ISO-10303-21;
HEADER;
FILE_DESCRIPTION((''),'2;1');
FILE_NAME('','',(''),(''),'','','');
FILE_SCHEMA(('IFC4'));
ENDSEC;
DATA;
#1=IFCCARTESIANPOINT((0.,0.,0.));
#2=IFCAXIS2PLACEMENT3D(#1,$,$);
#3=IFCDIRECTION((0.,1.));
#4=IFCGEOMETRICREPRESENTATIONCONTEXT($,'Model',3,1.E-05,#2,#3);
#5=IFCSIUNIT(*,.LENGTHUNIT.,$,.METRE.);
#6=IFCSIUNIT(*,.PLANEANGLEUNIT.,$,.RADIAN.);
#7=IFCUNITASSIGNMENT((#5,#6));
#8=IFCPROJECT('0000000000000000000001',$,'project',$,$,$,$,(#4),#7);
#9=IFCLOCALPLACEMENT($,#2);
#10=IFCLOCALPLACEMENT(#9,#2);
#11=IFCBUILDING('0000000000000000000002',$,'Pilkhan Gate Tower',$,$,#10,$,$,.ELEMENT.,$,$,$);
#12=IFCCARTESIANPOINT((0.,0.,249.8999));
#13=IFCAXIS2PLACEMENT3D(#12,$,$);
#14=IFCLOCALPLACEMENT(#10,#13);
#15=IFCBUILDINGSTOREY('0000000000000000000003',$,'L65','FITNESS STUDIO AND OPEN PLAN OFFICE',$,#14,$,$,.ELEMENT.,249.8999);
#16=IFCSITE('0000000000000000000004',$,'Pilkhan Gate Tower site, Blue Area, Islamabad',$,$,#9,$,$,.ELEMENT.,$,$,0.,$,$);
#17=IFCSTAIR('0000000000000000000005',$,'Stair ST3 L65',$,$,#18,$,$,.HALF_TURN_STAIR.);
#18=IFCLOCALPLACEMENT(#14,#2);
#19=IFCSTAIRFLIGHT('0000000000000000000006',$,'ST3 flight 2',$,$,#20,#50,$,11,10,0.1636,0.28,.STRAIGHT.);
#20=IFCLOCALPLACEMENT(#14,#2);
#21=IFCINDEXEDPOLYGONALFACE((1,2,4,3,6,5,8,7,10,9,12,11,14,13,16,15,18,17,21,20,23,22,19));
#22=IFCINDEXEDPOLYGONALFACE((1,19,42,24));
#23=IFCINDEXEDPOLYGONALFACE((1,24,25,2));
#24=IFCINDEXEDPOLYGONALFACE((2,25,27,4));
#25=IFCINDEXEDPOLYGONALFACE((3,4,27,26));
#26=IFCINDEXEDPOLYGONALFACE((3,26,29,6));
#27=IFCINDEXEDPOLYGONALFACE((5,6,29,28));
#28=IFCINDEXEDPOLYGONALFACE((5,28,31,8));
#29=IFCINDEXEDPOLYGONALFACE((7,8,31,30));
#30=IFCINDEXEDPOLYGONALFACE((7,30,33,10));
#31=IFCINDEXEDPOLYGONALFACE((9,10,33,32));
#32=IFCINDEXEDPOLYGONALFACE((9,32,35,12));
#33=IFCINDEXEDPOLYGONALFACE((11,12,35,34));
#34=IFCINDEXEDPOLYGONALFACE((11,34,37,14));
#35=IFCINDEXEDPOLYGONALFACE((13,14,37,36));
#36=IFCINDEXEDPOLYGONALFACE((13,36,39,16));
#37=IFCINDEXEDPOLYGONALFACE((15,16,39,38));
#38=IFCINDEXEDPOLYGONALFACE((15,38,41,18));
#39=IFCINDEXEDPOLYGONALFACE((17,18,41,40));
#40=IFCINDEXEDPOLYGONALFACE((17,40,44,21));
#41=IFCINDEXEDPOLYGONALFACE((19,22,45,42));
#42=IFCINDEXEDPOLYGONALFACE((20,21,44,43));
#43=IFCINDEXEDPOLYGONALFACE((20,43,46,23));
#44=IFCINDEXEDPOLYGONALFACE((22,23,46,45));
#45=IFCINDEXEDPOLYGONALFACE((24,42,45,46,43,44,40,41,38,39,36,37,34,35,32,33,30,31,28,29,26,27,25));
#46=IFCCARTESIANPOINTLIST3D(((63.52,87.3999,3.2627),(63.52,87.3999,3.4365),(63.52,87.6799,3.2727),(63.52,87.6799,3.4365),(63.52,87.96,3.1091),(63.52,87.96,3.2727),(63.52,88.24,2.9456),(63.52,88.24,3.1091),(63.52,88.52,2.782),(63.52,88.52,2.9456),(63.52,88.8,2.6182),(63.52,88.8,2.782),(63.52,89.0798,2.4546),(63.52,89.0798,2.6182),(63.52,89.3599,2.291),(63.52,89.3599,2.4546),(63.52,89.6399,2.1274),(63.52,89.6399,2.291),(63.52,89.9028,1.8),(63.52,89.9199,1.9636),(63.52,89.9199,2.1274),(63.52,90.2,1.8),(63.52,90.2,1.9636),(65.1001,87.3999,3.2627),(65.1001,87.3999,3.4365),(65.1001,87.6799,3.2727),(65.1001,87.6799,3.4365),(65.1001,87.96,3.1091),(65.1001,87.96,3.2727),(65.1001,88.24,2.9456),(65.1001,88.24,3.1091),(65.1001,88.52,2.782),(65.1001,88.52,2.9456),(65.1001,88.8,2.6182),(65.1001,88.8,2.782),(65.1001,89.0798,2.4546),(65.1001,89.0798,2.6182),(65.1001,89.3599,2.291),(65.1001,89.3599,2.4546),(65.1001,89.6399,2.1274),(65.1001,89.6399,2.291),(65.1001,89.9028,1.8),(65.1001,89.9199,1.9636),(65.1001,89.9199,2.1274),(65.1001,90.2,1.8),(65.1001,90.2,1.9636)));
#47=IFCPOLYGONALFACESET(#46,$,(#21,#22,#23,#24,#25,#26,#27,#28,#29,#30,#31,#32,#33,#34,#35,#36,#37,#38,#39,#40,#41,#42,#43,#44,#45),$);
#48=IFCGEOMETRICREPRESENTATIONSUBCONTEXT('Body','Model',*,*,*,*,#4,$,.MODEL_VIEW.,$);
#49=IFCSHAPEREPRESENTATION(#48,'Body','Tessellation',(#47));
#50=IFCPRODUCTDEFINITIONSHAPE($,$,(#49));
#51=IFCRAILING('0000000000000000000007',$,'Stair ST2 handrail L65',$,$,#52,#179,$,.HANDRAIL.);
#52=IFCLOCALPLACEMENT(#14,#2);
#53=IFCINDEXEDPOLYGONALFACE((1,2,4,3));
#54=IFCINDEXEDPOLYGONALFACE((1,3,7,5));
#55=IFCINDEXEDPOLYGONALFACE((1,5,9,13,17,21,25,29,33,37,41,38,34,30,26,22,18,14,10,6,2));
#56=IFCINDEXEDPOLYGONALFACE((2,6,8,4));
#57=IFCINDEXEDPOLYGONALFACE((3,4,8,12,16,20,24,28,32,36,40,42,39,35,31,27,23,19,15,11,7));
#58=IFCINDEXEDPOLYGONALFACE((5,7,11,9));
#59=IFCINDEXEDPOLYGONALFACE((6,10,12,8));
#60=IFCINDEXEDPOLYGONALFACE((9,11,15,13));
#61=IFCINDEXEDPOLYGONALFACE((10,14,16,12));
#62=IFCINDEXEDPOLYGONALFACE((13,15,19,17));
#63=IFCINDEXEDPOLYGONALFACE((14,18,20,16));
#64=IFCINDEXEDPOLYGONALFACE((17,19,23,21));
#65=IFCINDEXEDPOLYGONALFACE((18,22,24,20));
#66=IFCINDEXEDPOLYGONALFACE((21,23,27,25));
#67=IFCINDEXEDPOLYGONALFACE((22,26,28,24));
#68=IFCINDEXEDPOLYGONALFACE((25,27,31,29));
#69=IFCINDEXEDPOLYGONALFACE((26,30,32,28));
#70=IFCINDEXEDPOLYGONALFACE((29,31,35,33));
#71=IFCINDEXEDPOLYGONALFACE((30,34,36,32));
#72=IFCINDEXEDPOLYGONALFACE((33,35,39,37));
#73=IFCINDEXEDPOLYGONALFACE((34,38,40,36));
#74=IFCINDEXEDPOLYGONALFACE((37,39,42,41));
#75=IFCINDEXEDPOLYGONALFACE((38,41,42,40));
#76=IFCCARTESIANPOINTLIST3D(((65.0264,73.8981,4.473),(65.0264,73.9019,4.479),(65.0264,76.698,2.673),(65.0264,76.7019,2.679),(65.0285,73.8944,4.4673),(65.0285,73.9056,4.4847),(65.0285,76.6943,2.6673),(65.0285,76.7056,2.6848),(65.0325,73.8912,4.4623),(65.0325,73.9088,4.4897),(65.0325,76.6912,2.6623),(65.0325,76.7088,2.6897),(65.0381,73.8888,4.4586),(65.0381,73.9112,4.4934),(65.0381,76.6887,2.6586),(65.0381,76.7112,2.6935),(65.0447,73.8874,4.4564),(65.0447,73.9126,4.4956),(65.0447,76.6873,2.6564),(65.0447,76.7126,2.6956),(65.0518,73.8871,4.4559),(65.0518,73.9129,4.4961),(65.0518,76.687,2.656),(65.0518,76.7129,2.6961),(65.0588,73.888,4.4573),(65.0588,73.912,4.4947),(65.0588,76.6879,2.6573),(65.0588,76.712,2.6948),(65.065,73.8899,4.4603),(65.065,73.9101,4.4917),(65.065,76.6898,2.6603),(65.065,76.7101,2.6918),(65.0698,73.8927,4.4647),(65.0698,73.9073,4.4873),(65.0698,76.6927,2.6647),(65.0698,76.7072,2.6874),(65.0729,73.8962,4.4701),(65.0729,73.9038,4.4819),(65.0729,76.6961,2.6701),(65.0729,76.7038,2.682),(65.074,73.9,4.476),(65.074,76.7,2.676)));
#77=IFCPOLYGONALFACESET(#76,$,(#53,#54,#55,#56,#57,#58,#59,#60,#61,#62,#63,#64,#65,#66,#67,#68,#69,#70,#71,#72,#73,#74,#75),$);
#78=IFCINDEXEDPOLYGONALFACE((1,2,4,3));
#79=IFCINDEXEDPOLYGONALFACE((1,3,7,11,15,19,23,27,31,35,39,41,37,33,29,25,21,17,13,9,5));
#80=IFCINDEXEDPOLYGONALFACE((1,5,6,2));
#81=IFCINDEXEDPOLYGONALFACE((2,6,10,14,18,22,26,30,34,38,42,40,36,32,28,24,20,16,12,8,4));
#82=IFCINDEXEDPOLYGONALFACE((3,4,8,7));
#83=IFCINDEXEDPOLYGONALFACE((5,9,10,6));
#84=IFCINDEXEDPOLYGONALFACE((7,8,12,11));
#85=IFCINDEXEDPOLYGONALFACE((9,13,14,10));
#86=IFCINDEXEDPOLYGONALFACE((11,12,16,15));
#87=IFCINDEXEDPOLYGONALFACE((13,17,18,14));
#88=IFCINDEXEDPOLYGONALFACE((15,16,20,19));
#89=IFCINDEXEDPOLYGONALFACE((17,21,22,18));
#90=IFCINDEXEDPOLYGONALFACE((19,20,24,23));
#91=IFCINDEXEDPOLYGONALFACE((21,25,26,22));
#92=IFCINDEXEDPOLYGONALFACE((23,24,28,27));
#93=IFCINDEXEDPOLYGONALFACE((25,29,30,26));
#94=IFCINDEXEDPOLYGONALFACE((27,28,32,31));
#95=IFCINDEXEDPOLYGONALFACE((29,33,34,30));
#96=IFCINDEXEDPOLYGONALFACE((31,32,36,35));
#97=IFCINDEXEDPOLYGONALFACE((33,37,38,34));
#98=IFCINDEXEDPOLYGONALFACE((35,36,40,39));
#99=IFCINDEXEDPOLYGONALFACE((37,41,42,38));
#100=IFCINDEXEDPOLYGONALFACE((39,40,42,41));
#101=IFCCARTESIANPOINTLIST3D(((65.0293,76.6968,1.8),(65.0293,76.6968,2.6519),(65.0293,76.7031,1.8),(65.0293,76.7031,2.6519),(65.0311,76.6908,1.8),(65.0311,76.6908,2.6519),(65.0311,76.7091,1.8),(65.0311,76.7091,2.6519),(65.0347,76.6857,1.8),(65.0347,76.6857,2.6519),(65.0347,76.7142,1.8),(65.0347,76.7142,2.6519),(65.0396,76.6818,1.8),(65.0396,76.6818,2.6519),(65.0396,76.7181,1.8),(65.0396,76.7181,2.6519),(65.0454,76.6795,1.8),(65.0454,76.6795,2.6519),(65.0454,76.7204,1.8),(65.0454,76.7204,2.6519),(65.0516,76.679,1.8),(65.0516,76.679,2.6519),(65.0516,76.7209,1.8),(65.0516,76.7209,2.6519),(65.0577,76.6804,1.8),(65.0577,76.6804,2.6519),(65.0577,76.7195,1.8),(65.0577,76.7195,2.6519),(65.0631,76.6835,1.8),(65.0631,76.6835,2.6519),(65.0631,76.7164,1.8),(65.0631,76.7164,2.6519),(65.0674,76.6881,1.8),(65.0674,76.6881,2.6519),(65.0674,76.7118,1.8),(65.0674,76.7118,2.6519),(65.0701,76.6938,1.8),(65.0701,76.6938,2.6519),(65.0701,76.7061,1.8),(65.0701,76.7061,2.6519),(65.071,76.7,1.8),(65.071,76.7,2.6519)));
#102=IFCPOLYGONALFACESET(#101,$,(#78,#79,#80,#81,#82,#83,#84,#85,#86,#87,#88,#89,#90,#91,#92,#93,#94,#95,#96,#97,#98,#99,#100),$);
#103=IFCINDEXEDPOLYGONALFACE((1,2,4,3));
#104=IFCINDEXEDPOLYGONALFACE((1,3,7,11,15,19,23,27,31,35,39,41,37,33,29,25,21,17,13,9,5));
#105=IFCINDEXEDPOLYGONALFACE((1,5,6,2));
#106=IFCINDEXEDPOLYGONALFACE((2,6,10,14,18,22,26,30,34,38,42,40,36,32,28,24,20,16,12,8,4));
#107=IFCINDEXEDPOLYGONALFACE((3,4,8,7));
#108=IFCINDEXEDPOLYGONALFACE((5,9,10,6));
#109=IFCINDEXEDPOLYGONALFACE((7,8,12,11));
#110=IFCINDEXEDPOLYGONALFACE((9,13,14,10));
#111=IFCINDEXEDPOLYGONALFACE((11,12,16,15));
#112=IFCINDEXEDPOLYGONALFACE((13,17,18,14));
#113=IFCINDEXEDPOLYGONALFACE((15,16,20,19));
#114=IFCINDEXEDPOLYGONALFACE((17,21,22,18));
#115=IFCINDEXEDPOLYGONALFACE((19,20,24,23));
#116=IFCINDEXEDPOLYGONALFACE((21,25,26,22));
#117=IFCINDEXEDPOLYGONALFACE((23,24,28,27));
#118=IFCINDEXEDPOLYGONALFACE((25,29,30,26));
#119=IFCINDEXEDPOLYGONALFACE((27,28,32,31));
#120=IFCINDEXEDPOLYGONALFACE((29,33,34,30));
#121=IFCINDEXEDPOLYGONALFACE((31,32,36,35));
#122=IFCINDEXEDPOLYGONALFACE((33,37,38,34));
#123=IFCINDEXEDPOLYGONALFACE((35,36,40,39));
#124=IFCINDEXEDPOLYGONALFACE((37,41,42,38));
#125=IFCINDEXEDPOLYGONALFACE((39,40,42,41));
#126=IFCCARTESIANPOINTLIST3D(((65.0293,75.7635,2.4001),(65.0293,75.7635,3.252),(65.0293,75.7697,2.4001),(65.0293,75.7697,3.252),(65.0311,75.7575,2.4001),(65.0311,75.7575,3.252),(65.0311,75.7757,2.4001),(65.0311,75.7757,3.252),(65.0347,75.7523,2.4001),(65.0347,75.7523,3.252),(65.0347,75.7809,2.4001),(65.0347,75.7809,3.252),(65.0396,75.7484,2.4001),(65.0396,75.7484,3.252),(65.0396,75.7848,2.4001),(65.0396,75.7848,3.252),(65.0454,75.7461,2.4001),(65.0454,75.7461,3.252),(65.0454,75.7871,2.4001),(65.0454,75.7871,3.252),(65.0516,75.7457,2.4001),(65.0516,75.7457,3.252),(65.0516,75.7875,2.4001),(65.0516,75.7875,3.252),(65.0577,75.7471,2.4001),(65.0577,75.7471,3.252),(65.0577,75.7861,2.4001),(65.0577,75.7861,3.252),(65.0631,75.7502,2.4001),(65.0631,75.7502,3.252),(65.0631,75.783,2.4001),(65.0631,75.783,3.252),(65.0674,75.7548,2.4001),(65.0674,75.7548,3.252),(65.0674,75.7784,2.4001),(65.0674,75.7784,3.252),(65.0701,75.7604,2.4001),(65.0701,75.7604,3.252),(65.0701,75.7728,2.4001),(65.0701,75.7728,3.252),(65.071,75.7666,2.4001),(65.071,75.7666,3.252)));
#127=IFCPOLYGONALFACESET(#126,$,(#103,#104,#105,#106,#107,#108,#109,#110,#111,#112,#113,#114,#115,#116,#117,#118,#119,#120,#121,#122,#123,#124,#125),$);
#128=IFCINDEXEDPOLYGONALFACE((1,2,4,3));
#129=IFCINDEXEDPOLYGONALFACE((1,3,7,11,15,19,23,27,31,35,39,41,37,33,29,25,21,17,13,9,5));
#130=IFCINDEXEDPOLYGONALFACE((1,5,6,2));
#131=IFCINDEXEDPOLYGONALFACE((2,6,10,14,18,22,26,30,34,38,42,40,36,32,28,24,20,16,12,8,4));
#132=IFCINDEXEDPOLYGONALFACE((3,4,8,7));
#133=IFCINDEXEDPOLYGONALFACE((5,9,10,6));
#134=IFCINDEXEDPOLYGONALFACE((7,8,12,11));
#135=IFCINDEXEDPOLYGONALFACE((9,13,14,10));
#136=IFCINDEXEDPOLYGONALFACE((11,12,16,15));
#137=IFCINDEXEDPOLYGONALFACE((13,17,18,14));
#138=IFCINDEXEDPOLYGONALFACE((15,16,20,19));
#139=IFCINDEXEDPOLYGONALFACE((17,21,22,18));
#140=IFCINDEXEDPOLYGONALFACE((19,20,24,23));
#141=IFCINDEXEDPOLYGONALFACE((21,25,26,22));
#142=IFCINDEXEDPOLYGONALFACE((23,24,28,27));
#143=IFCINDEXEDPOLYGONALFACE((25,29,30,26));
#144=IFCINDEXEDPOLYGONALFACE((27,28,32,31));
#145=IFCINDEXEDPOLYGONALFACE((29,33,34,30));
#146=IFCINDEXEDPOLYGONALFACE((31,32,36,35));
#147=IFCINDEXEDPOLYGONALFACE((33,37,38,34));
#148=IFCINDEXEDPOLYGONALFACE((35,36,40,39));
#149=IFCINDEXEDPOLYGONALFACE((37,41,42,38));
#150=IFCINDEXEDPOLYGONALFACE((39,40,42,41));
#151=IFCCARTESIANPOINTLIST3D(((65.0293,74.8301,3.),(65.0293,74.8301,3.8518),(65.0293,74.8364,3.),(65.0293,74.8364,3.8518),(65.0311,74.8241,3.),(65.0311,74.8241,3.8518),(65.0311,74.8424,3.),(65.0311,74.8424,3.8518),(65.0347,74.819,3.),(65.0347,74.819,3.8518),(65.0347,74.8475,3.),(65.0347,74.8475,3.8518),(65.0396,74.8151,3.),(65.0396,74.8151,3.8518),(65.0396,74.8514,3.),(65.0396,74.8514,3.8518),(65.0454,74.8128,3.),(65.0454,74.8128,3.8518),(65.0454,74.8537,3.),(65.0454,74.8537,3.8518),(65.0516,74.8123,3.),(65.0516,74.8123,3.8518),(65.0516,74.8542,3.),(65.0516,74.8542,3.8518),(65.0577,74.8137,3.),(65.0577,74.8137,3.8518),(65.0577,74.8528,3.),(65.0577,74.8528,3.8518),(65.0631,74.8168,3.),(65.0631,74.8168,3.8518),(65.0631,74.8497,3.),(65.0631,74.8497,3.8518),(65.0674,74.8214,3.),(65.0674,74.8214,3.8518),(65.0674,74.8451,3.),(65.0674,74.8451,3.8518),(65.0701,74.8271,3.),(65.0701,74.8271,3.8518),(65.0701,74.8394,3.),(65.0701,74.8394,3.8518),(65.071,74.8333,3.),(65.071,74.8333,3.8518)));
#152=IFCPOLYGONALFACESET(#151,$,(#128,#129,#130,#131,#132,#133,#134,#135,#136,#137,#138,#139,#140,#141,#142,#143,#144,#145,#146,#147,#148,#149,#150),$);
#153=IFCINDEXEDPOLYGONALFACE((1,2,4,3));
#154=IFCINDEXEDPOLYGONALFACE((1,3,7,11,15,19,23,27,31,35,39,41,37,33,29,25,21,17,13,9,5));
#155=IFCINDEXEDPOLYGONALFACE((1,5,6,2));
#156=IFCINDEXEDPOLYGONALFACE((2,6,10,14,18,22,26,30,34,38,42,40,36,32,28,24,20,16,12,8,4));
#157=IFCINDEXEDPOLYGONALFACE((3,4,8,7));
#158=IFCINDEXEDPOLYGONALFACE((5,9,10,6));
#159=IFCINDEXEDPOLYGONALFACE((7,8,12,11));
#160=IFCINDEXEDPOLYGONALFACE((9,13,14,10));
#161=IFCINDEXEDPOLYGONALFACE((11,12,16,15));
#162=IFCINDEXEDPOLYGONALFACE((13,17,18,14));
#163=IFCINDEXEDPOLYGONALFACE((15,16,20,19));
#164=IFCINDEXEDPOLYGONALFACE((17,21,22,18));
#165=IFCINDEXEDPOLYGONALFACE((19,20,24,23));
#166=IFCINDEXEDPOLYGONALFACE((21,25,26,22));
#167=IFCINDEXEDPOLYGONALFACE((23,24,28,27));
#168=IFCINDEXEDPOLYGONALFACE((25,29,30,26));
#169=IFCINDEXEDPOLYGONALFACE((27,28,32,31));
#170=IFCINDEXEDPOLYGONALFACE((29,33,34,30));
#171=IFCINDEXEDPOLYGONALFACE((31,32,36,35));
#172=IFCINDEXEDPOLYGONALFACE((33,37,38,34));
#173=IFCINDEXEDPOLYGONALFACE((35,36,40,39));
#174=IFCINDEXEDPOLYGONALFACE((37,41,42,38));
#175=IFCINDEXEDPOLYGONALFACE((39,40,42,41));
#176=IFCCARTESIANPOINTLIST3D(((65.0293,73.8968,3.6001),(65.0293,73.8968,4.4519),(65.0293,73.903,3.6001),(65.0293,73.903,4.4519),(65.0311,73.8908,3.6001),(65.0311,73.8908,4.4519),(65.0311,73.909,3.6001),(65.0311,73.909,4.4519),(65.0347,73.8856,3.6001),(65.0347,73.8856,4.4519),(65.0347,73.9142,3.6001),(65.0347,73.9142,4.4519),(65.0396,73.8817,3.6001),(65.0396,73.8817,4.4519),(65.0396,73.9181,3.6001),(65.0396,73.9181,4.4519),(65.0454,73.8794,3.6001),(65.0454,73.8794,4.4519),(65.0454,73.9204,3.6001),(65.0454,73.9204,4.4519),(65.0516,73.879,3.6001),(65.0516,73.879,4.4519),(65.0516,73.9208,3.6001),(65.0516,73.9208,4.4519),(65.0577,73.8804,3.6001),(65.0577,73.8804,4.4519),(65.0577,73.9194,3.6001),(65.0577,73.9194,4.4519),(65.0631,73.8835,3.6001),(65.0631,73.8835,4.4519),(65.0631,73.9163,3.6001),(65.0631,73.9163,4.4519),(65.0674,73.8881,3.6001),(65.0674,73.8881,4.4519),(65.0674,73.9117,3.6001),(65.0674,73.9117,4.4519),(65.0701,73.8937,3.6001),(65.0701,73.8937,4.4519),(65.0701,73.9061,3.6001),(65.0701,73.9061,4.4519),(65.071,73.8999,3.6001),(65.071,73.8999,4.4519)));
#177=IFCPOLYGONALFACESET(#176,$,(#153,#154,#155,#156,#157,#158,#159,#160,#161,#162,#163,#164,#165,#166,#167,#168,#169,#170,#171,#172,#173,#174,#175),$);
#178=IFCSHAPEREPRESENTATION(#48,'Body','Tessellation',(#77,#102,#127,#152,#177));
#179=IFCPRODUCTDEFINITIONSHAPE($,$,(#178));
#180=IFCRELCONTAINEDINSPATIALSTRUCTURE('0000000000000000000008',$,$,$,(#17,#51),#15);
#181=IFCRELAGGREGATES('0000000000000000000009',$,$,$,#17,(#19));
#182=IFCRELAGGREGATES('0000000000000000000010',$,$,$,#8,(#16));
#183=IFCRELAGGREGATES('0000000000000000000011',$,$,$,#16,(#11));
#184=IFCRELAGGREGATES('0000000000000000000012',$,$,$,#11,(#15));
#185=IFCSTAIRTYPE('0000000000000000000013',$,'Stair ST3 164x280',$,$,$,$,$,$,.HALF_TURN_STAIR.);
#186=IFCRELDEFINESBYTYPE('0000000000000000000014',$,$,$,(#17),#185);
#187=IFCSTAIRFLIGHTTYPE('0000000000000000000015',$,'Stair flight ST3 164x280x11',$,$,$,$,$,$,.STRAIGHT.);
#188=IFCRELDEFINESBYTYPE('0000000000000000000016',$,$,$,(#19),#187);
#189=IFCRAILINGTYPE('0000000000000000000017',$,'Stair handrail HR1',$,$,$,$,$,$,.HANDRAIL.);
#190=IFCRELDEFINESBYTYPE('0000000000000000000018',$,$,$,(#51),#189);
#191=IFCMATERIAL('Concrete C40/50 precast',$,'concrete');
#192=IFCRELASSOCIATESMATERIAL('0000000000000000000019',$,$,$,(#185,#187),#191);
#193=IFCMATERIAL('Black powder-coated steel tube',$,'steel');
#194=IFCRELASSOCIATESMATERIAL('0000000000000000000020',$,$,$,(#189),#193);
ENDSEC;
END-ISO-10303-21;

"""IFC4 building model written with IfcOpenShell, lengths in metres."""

from ifc_helpers import new_model, si_unit, direction, frame, origin, origin_2d, place, context, subcontext, project, spatial, polyline, circle, outline, extrude, material, type_object, element, aggregate, save


model = new_model("IFC4")

# Units and contexts
model_context = context("Model", 3, precision=1e-05, world=origin(), true_north=direction((0.0, 1.0)))
body_context = subcontext(model_context, "Body", "Model", "MODEL_VIEW")
ifc_project = project(units=[si_unit("LENGTHUNIT", "METRE"), si_unit("PLANEANGLEUNIT", "RADIAN")], contexts=[model_context])

# Site, building, storey
site_placement = place(None, origin())
site = spatial("IfcSite", under=ifc_project, at=site_placement, Name="Pilkhan Gate Tower site, Blue Area, Islamabad", CompositionType="ELEMENT", RefElevation=0.0)
building_placement = place(site_placement, origin())
building = spatial("IfcBuilding", under=site, at=building_placement, Name="Pilkhan Gate Tower", CompositionType="ELEMENT")
storey_placement = place(building_placement, frame((0.0, 0.0, 249.8999)))
storey = spatial("IfcBuildingStorey", under=building, at=storey_placement, Name="L65", Description="FITNESS STUDIO AND OPEN PLAN OFFICE", CompositionType="ELEMENT", Elevation=249.8999)

# Stair, stair flight
ifc_material_1 = material(Name="Concrete C40/50 precast", Category="concrete")
stair_type_1 = type_object("IfcStairType", Name="Stair ST3 164x280", PredefinedType="HALF_TURN_STAIR", material=ifc_material_1)
stair_1_placement = place(storey_placement, origin())
stair_1 = element("IfcStair", 1, at=stair_1_placement, inside=storey, type_object=stair_type_1, Name="Stair ST3 L65", PredefinedType="HALF_TURN_STAIR")
stair_flight_type_1 = type_object("IfcStairFlightType", Name="Stair flight ST3 164x280x11", PredefinedType="STRAIGHT", material=ifc_material_1)
stair_flight_1_placement = place(storey_placement, frame((64.3101, 90.2, 1.8), z_axis=(0.0, 0.0, 1.0), x_axis=(0.0, -1.0, 0.0)))
stair_flight_1 = element("IfcStairFlight", 2, at=stair_flight_1_placement, type_object=stair_flight_type_1, Name="ST3 flight 2", NumberOfRisers=11, NumberOfTreads=10, PredefinedType="STRAIGHT", RiserHeight=0.1636, TreadLength=0.28, context=body_context, shape_type="SweptSolid", body=[
    extrude(outline(polyline([(0.0, 0.0), (0.0, 0.1636), (0.28, 0.1636), (0.28, 0.3274), (0.5601, 0.3274), (0.5601, 0.491), (0.8401, 0.491), (0.8401, 0.6545), (1.1201, 0.6545), (1.1201, 0.8181), (1.3999, 0.8181), (1.3999, 0.9819), (1.6799, 0.9819), (1.6799, 1.1455), (1.96, 1.1455), (1.96, 1.3091), (2.24, 1.3091), (2.24, 1.4727), (2.52, 1.4727), (2.52, 1.6365), (2.8, 1.6365), (2.8, 1.8), (2.8, 1.4626), (0.2971, 0.0), (0.0, 0.0)])), frame((0.0, 0.79, 0.0), z_axis=(0.0, -1.0, 0.0), x_axis=(1.0, 0.0, 0.0)), (0.0, 0.0, 1.0), 1.5801),
])
aggregate(stair_1, [stair_flight_1])

# Railing
ifc_material_2 = material(Name="Black powder-coated steel tube", Category="steel")
railing_type_1 = type_object("IfcRailingType", Name="Stair handrail HR1", PredefinedType="HANDRAIL", material=ifc_material_2)
railing_1_placement = place(storey_placement, frame((65.05, 76.7, 1.8)))
element("IfcRailing", 3, at=railing_1_placement, inside=storey, type_object=railing_type_1, Name="Stair ST2 handrail L65", PredefinedType="HANDRAIL", context=body_context, shape_type="SweptSolid", body=[
    extrude(circle(Radius=0.0239, at=origin_2d()), frame((0.0, 0.0, 0.876), z_axis=(0.0, -0.841176, 0.540761), x_axis=(1.0, 0.0, 0.0)), (0.0, 0.0, 1.0), 3.3286),
    extrude(circle(Radius=0.021, at=origin_2d()), origin(), (0.0, 0.0, 1.0), 0.8518),
    extrude(circle(Radius=0.021, at=origin_2d()), frame((0.0, -0.9333, 0.6001)), (0.0, 0.0, 1.0), 0.8518),
    extrude(circle(Radius=0.021, at=origin_2d()), frame((0.0, -1.8667, 1.2)), (0.0, 0.0, 1.0), 0.8518),
    extrude(circle(Radius=0.021, at=origin_2d()), frame((0.0, -2.8, 1.8)), (0.0, 0.0, 1.0), 0.8518),
])

save(model, "model.ifc")
